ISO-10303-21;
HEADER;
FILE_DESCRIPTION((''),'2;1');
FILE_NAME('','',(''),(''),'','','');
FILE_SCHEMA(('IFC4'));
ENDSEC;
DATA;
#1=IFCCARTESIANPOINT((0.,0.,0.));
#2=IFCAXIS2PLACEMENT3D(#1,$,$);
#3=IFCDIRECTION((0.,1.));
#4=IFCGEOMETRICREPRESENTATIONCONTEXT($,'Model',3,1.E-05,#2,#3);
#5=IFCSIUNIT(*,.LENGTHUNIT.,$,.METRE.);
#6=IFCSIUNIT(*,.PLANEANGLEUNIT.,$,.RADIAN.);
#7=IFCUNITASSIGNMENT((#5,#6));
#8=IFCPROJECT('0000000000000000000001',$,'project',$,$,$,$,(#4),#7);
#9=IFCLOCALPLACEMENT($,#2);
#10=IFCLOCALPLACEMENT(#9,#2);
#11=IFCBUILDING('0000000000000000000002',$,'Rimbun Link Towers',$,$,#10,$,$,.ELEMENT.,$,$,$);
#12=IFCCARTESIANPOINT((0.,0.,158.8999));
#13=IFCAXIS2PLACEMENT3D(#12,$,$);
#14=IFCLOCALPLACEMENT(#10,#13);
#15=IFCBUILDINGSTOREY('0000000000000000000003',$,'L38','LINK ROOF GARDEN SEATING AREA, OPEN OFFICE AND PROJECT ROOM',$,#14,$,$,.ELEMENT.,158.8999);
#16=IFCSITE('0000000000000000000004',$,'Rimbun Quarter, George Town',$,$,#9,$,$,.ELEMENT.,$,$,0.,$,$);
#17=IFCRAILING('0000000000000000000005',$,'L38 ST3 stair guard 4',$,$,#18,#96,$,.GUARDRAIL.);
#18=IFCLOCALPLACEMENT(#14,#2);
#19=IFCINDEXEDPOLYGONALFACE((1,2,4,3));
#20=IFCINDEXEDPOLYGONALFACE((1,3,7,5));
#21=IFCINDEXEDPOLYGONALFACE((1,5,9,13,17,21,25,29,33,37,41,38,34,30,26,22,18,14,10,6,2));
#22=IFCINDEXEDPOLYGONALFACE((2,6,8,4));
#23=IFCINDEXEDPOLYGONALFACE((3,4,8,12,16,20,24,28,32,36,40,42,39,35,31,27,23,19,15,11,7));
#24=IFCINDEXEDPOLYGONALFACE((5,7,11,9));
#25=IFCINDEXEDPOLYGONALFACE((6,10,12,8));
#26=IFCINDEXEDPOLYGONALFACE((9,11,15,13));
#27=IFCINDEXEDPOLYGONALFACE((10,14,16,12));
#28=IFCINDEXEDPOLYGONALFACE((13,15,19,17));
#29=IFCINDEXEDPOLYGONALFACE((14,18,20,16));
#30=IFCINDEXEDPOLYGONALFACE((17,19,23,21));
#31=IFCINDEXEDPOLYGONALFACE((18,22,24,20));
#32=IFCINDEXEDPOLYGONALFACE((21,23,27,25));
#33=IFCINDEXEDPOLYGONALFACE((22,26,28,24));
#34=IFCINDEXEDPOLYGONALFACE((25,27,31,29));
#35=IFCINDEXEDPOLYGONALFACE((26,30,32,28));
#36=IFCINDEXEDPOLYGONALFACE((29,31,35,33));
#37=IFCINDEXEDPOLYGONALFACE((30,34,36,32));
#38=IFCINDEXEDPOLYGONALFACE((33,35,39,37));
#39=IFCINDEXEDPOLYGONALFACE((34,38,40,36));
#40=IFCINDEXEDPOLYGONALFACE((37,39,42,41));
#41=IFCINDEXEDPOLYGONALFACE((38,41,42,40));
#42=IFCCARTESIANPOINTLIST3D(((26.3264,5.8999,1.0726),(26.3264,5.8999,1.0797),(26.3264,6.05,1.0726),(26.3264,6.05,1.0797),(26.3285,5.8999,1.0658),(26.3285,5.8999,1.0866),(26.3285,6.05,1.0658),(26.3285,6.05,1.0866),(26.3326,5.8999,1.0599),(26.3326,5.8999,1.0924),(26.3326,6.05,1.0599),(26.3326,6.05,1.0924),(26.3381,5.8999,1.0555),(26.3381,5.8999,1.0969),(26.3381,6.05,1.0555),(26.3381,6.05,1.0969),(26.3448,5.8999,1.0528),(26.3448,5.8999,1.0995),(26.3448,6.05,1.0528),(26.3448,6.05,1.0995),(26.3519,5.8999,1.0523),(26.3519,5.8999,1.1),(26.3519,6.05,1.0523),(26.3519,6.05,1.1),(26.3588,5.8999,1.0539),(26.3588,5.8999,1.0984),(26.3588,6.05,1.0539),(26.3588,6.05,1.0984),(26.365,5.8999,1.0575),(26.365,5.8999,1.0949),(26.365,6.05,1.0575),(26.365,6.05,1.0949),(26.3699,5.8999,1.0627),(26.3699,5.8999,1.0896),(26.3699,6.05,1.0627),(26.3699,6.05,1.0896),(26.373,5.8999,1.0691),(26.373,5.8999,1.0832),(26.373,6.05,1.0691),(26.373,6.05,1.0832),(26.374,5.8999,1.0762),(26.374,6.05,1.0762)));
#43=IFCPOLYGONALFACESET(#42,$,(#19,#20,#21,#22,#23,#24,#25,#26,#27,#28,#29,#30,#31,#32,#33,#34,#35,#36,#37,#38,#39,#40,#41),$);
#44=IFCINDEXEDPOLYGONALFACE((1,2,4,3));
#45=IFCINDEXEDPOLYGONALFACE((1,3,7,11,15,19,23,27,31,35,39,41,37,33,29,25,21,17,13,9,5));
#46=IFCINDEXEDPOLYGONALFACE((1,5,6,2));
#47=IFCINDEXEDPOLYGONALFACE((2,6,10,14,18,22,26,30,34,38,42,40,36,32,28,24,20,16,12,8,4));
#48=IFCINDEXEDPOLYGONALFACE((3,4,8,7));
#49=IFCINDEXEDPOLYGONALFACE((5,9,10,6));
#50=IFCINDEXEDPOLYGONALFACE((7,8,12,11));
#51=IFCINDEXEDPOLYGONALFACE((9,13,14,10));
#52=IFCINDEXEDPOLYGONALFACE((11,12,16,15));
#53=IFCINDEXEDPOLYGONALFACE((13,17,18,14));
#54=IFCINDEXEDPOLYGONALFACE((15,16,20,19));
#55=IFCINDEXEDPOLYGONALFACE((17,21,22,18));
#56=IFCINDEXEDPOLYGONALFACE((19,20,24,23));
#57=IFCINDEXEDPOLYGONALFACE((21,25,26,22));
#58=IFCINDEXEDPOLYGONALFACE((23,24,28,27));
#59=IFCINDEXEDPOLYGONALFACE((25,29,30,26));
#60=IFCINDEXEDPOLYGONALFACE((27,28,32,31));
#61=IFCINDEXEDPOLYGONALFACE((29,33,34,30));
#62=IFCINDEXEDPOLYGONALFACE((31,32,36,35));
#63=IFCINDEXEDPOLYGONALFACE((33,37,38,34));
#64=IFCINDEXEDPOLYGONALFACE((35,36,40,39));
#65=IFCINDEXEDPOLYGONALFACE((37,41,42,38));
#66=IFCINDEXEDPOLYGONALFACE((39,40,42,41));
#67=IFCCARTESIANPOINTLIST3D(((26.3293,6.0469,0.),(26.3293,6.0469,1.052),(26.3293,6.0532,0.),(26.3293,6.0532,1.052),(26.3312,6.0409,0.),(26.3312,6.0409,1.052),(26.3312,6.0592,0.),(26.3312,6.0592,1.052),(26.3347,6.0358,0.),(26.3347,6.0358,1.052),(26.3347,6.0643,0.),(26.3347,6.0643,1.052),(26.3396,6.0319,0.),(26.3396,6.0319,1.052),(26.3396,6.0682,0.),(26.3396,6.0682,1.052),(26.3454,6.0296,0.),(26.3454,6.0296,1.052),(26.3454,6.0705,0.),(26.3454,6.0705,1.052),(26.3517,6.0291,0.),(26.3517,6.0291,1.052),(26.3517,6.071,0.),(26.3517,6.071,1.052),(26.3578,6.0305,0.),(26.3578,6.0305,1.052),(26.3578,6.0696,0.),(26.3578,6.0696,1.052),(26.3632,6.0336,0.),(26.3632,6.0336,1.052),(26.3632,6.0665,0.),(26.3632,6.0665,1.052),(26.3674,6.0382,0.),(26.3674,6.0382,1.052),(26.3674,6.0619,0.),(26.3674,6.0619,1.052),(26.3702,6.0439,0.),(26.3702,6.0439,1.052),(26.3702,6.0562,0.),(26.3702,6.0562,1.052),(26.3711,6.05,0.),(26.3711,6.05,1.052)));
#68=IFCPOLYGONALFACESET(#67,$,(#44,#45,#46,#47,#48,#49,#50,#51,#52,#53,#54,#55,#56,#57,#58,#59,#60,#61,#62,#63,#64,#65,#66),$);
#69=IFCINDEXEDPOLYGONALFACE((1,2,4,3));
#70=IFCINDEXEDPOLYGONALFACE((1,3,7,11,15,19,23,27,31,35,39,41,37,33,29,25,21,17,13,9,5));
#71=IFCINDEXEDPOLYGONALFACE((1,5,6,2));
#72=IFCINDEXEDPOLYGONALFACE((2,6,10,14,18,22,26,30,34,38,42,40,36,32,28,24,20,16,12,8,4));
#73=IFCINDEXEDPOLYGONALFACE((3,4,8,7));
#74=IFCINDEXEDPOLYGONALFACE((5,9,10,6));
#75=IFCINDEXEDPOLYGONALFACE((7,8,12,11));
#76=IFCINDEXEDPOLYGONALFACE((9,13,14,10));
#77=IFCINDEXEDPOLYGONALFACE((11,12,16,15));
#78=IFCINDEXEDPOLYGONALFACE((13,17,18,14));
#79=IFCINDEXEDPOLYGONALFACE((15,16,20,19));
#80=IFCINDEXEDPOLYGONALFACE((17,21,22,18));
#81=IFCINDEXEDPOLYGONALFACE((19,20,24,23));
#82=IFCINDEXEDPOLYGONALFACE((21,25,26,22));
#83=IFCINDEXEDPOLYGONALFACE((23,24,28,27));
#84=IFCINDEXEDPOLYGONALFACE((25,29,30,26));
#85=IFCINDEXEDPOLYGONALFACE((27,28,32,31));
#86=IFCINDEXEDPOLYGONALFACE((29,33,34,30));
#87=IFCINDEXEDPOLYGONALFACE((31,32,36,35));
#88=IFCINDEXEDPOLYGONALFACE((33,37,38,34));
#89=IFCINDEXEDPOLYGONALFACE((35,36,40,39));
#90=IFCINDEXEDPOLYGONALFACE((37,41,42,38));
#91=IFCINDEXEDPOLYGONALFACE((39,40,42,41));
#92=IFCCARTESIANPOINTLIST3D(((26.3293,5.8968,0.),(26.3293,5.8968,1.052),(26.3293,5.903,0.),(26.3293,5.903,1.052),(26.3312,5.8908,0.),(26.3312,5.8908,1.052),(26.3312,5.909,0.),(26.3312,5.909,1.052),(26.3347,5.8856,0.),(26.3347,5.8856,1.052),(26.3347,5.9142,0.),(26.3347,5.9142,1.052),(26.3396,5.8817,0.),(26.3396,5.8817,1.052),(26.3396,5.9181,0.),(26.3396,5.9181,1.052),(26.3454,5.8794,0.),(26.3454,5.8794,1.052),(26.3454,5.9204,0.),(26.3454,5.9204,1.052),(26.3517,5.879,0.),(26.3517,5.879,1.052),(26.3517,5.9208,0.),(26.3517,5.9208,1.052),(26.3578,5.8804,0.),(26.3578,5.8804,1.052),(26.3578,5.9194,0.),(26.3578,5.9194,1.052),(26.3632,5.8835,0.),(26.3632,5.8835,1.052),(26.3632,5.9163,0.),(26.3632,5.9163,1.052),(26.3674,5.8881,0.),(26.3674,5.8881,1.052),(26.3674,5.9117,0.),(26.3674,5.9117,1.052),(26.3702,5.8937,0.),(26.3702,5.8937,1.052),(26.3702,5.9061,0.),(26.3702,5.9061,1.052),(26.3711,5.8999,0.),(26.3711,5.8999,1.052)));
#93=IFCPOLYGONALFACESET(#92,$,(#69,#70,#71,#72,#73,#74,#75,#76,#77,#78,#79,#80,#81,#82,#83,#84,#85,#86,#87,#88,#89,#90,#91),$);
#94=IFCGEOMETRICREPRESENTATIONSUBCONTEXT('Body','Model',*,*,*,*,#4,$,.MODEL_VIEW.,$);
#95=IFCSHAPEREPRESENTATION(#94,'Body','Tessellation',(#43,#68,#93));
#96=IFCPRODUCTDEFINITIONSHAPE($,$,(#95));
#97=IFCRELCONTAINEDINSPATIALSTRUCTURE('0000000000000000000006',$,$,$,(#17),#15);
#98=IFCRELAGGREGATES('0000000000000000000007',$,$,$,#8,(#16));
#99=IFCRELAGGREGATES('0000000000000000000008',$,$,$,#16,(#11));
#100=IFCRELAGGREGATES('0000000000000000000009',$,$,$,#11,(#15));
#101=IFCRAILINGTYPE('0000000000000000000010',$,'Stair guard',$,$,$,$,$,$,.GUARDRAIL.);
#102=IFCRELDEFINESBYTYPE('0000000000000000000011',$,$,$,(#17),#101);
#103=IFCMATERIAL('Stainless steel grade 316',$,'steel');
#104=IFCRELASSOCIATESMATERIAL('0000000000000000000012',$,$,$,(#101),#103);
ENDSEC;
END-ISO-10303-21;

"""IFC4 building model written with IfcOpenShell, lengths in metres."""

from ifc_helpers import new_model, si_unit, direction, frame, origin, origin_2d, place, context, subcontext, project, spatial, circle, extrude, material, type_object, element, save


model = new_model("IFC4")

# Units and contexts
model_context = context("Model", 3, precision=1e-05, world=origin(), true_north=direction((0.0, 1.0)))
body_context = subcontext(model_context, "Body", "Model", "MODEL_VIEW")
ifc_project = project(units=[si_unit("LENGTHUNIT", "METRE"), si_unit("PLANEANGLEUNIT", "RADIAN")], contexts=[model_context])

# Site, building, storey
site_placement = place(None, origin())
site = spatial("IfcSite", under=ifc_project, at=site_placement, Name="Rimbun Quarter, George Town", CompositionType="ELEMENT", RefElevation=0.0)
building_placement = place(site_placement, origin())
building = spatial("IfcBuilding", under=site, at=building_placement, Name="Rimbun Link Towers", CompositionType="ELEMENT")
storey_placement = place(building_placement, frame((0.0, 0.0, 158.8999)))
storey = spatial("IfcBuildingStorey", under=building, at=storey_placement, Name="L38", Description="LINK ROOF GARDEN SEATING AREA, OPEN OFFICE AND PROJECT ROOM", CompositionType="ELEMENT", Elevation=158.8999)

# Railing
ifc_material_1 = material(Name="Stainless steel grade 316", Category="steel")
railing_type_1 = type_object("IfcRailingType", Name="Stair guard", PredefinedType="GUARDRAIL", material=ifc_material_1)
railing_1_placement = place(storey_placement, frame((26.3501, 6.05, 0.0)))
element("IfcRailing", 1, at=railing_1_placement, inside=storey, type_object=railing_type_1, Name="L38 ST3 stair guard 4", PredefinedType="GUARDRAIL", context=body_context, shape_type="SweptSolid", body=[
    extrude(circle(Radius=0.0239, at=origin_2d()), frame((0.0, 0.0, 1.0762), z_axis=(0.0, -1.0, 0.0), x_axis=(1.0, 0.0, 0.0)), (0.0, 0.0, 1.0), 0.1501),
    extrude(circle(Radius=0.021, at=origin_2d()), origin(), (0.0, 0.0, 1.0), 1.052),
    extrude(circle(Radius=0.021, at=origin_2d()), frame((0.0, -0.1501, 0.0)), (0.0, 0.0, 1.0), 1.052),
])

save(model, "model.ifc")
